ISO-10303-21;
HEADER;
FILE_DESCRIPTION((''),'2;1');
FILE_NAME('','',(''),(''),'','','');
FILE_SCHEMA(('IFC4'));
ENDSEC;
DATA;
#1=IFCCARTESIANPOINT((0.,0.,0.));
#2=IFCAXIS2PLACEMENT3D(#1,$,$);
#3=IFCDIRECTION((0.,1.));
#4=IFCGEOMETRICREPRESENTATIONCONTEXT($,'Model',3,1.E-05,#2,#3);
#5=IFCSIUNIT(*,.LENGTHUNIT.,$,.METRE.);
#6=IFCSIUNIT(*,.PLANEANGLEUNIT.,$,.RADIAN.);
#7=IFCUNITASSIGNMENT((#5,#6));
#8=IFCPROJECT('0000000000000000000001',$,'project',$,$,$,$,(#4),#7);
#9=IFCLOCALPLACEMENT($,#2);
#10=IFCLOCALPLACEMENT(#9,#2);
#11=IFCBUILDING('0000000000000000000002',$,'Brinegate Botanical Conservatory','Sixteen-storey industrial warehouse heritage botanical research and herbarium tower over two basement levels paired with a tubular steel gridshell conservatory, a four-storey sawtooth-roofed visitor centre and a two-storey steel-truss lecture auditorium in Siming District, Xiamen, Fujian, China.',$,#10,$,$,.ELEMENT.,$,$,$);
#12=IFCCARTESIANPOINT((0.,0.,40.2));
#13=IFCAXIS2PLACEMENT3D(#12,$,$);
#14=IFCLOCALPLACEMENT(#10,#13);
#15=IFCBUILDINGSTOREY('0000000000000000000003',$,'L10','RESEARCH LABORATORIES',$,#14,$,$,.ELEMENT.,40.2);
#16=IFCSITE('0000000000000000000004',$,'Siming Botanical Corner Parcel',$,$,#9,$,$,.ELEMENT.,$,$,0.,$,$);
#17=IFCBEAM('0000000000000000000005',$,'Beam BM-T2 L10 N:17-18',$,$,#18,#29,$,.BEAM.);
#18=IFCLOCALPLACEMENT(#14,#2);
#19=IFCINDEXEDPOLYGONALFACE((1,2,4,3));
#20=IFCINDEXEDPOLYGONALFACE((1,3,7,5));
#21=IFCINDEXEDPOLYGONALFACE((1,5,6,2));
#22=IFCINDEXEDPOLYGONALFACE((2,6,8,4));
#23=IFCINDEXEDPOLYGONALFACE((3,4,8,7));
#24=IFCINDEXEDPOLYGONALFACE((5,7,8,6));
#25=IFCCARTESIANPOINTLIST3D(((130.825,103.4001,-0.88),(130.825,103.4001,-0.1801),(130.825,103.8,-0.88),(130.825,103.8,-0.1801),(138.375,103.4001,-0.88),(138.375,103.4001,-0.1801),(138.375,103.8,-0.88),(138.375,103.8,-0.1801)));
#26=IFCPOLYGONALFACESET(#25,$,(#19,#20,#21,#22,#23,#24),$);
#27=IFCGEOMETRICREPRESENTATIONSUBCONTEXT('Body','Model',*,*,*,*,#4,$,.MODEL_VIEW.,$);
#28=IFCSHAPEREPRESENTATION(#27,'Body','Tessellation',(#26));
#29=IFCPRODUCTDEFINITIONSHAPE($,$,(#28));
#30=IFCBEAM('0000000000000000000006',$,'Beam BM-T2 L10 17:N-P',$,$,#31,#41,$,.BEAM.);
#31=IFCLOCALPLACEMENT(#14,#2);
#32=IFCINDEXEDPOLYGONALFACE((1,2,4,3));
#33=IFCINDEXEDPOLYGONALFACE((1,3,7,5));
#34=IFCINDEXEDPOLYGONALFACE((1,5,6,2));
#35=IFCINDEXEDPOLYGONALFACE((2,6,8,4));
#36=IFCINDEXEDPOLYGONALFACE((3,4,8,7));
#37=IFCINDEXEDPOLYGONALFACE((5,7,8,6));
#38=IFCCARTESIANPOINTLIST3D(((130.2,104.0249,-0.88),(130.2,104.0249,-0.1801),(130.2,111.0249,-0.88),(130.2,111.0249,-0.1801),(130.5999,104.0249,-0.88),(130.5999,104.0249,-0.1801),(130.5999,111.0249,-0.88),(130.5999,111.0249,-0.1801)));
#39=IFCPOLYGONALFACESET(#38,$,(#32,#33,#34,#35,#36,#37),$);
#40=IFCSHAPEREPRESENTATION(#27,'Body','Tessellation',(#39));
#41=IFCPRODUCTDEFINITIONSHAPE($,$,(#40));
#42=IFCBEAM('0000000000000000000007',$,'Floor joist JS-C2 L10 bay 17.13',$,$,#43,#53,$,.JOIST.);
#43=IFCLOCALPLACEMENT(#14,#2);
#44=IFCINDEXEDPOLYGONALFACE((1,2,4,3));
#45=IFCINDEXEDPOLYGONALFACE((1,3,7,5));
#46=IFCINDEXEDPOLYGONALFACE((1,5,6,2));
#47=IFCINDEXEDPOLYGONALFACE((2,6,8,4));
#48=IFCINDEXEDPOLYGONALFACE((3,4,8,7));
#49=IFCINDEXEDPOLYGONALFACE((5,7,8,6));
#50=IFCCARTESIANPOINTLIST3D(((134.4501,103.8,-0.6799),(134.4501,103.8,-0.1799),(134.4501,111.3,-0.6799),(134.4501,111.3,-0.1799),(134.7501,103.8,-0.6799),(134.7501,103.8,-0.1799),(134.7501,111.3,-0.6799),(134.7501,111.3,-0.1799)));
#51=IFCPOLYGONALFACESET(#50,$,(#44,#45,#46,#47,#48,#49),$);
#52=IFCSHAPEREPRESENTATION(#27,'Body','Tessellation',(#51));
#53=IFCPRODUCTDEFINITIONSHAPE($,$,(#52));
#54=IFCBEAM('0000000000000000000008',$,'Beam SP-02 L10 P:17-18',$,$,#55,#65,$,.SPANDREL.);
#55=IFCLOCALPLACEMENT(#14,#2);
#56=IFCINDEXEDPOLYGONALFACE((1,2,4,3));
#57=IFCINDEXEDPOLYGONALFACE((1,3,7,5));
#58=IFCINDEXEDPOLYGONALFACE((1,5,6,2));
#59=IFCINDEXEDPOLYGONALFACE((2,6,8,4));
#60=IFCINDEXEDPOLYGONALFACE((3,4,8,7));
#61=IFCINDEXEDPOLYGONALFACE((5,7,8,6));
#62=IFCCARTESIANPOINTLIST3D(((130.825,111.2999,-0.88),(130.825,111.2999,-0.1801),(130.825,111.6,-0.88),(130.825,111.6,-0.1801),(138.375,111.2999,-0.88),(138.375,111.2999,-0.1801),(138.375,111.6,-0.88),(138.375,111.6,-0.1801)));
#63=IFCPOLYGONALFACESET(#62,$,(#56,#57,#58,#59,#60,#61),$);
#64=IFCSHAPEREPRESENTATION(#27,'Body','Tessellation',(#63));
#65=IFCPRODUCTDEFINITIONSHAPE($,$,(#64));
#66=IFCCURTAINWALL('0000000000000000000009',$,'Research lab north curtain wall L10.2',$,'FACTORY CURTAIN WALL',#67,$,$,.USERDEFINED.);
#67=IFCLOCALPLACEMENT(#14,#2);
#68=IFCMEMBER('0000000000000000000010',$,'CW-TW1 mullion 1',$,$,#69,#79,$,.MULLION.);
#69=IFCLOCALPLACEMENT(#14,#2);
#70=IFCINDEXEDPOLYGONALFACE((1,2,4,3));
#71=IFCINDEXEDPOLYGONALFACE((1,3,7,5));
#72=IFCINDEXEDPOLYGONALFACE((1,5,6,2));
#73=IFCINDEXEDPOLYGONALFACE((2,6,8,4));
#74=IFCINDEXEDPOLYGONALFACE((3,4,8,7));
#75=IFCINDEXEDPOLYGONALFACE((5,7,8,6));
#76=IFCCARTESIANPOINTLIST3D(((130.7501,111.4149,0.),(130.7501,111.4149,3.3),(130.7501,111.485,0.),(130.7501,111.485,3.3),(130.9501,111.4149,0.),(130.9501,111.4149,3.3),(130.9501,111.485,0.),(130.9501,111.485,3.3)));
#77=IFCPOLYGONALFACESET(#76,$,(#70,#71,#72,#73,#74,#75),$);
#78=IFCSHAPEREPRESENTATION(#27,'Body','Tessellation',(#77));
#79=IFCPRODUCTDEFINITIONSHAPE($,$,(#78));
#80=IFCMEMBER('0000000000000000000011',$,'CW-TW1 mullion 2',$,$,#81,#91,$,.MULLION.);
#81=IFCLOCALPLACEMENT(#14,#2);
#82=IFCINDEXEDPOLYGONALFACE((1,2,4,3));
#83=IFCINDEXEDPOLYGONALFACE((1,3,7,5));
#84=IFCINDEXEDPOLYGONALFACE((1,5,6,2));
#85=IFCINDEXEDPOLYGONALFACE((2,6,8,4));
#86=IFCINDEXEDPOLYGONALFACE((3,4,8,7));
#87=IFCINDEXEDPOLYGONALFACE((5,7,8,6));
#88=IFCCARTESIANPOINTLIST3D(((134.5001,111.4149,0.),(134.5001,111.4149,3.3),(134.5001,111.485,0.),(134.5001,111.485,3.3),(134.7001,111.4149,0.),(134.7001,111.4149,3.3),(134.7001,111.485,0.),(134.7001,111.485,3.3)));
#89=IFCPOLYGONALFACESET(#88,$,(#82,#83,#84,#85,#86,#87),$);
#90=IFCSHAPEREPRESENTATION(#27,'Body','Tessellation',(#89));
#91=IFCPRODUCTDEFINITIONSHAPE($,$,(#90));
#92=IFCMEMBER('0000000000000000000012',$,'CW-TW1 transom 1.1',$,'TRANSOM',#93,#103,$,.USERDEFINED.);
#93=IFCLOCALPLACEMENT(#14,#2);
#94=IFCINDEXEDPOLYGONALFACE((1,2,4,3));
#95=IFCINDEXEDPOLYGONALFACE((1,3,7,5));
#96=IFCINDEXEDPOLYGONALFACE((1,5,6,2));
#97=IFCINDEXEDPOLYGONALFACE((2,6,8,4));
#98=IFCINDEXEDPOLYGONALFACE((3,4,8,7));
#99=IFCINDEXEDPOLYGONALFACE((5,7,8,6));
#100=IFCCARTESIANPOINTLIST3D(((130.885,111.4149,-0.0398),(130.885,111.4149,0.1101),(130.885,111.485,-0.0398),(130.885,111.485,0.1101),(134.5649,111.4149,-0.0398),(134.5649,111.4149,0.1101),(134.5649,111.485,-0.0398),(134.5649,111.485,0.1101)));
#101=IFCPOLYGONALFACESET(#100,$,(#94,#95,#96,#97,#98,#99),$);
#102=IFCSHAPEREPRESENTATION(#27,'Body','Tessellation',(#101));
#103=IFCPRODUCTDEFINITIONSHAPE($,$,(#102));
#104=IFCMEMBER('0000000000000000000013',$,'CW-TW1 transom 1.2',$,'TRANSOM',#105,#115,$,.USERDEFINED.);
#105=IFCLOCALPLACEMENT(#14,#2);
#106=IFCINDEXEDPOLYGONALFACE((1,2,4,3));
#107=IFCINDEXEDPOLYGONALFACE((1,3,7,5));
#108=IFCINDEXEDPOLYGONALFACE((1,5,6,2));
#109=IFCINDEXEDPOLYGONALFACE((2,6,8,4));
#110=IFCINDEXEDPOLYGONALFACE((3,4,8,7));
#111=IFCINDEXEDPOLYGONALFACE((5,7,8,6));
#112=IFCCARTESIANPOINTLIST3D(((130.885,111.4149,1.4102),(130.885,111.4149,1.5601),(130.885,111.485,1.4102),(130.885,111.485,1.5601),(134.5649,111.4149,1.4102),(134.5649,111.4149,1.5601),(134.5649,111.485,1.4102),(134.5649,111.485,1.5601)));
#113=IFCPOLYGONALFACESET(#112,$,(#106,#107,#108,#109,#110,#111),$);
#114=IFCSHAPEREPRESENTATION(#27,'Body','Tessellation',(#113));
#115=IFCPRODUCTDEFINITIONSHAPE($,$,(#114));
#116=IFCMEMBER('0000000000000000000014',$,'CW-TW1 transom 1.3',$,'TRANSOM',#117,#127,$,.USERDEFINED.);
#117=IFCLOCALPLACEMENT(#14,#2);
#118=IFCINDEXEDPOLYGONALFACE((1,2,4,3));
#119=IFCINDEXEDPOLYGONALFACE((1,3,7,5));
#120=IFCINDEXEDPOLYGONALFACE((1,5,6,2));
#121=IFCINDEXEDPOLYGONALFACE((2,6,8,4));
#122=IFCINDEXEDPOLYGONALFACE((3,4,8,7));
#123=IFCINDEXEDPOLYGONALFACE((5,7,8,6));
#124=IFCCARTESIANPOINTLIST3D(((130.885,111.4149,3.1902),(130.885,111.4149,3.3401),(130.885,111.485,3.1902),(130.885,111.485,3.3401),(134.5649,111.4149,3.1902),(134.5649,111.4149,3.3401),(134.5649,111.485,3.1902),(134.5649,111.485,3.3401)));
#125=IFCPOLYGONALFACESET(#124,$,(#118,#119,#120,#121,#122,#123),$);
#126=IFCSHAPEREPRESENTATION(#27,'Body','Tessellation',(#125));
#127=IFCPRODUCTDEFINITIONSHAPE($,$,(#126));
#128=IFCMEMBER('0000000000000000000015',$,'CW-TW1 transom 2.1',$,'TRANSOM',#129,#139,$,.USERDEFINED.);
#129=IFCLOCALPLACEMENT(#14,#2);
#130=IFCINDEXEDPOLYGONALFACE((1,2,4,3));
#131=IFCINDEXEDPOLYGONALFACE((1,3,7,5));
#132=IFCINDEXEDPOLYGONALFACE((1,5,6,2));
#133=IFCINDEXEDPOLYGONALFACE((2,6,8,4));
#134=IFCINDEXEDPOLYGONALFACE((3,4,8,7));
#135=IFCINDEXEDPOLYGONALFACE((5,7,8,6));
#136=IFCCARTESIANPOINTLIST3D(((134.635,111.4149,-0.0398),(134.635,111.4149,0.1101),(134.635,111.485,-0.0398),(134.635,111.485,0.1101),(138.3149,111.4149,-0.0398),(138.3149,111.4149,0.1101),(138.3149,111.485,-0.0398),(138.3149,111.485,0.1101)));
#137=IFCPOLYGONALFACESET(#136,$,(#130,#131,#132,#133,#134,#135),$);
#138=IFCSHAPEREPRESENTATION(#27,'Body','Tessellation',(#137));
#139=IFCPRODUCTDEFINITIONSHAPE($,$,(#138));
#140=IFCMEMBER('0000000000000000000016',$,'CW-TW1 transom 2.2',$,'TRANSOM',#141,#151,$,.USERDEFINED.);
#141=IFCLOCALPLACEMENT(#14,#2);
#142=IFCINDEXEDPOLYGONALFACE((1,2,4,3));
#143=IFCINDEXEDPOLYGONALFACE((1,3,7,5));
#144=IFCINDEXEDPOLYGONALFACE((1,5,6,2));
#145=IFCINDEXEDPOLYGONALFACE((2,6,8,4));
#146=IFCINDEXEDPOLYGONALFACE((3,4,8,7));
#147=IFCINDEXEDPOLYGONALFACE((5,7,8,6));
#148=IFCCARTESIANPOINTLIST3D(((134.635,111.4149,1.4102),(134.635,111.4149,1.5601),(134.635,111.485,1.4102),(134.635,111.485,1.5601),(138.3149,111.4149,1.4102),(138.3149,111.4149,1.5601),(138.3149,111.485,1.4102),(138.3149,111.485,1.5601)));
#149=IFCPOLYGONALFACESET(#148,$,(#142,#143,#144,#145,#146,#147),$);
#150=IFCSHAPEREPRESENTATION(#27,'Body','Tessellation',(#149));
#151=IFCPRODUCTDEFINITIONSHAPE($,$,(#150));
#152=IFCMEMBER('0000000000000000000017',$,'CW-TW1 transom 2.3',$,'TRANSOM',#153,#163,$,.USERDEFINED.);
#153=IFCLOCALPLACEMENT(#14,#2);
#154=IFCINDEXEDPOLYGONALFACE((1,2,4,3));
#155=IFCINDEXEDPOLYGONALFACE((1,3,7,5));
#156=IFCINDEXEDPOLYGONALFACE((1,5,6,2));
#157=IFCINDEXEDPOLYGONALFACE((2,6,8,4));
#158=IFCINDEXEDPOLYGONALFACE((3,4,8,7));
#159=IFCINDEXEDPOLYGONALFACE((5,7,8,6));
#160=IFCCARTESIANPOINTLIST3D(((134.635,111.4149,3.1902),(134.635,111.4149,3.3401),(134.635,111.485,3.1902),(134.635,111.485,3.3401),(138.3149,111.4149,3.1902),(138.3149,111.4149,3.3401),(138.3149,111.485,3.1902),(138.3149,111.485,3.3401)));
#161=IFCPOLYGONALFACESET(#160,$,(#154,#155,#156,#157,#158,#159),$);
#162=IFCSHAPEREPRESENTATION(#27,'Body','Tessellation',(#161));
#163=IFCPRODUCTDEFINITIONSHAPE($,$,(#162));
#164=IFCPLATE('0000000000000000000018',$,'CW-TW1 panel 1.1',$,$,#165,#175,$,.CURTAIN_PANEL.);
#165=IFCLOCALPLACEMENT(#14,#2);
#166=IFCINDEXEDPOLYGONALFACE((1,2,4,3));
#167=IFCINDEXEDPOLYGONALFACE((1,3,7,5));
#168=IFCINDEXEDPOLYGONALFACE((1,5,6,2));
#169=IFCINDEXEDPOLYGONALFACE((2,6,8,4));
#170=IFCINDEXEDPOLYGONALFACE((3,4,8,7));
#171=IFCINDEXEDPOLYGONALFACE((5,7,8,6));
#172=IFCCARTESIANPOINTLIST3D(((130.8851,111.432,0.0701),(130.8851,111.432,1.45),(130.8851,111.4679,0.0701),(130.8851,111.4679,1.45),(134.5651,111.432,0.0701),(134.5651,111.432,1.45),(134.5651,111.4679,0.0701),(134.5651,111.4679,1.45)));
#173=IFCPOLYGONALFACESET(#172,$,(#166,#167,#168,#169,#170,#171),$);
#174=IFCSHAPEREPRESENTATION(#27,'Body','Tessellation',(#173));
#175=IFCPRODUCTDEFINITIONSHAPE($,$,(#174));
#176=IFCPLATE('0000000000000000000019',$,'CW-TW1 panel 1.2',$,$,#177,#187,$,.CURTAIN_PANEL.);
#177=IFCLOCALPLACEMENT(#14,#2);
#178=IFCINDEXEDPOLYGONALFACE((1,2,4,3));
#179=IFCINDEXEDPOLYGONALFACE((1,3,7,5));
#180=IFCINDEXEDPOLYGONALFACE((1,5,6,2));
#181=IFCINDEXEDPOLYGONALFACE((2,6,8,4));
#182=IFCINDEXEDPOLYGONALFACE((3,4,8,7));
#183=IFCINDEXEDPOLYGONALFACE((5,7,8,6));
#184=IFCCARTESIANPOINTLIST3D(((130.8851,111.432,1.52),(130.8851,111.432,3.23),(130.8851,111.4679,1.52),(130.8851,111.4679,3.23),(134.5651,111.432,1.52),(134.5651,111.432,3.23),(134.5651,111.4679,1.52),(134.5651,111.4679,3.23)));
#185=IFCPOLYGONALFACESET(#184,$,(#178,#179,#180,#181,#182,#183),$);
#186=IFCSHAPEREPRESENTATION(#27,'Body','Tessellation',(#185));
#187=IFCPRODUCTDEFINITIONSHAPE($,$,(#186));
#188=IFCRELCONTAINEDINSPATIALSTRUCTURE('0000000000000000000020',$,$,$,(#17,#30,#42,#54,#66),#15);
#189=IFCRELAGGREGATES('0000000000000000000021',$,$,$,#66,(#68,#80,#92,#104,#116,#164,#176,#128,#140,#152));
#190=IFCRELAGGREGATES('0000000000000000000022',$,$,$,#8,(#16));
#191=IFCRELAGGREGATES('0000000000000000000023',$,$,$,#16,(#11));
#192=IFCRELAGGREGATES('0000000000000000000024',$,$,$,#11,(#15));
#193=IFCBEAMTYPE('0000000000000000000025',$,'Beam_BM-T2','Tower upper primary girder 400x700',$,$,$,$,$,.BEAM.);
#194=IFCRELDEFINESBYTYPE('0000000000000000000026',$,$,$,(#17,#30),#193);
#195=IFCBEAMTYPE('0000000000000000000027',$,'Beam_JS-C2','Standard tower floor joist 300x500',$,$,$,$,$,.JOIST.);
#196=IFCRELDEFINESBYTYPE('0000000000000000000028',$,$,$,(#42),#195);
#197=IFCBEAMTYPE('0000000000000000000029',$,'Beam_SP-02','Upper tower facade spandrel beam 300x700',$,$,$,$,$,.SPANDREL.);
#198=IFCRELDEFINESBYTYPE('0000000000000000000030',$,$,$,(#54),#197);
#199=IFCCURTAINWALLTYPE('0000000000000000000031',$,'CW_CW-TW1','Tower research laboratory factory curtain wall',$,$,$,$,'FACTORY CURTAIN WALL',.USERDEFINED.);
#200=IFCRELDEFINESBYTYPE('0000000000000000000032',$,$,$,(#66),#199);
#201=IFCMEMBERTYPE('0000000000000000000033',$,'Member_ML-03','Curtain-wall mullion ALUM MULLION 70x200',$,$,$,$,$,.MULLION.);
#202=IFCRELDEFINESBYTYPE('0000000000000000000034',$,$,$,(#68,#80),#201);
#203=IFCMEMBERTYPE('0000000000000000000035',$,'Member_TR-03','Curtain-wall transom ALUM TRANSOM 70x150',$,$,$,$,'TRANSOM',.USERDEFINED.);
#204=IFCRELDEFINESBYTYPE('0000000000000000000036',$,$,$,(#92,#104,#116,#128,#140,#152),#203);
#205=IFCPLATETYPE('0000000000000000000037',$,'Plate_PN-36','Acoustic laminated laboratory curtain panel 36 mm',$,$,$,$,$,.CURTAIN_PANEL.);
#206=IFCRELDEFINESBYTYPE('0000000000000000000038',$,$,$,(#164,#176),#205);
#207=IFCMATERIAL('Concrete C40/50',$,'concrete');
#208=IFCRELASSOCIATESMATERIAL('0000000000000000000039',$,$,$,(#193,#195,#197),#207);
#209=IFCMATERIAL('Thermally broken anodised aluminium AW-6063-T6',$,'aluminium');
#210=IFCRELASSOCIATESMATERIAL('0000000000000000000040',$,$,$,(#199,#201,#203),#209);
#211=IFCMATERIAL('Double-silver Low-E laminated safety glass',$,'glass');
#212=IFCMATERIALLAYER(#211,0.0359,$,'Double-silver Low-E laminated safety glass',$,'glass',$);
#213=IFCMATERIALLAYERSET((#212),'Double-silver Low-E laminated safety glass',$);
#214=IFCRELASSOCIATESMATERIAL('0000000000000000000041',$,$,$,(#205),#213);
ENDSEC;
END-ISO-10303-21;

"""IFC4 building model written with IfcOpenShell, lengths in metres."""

from ifc_helpers import new_model, si_unit, direction, frame, origin, origin_2d, place, context, subcontext, project, spatial, rectangle, extrude, material, layer, layer_set, material_profile, profile_set, type_object, element, aggregate, save


model = new_model("IFC4")

# Units and contexts
model_context = context("Model", 3, precision=1e-05, world=origin(), true_north=direction((0.0, 1.0)))
body_context = subcontext(model_context, "Body", "Model", "MODEL_VIEW")
ifc_project = project(units=[si_unit("LENGTHUNIT", "METRE"), si_unit("PLANEANGLEUNIT", "RADIAN")], contexts=[model_context])

# Site, building, storey
site_placement = place(None, origin())
site = spatial("IfcSite", under=ifc_project, at=site_placement, Name="Siming Botanical Corner Parcel", CompositionType="ELEMENT", RefElevation=0.0)
building_placement = place(site_placement, origin())
building = spatial("IfcBuilding", under=site, at=building_placement, Name="Brinegate Botanical Conservatory", Description="Sixteen-storey industrial warehouse heritage botanical research and herbarium tower over two basement levels paired with a tubular steel gridshell conservatory, a four-storey sawtooth-roofed visitor centre and a two-storey steel-truss lecture auditorium in Siming District, Xiamen, Fujian, China.", CompositionType="ELEMENT")
storey_placement = place(building_placement, frame((0.0, 0.0, 40.2)))
storey = spatial("IfcBuildingStorey", under=building, at=storey_placement, Name="L10", Description="RESEARCH LABORATORIES", CompositionType="ELEMENT", Elevation=40.2)

# Beams
ifc_material_1 = material(Name="Concrete C40/50", Category="concrete")
ifc_material_profile_1 = material_profile(ifc_material_1, rectangle(XDim=0.3999, YDim=0.7, at=origin_2d()), Name="RC BM 400x700")
ifc_profile_set_1 = profile_set([ifc_material_profile_1], Name="Concrete C40/50")
beam_type_1 = type_object("IfcBeamType", Name="Beam_BM-T2", Description="Tower upper primary girder 400x700", PredefinedType="BEAM", material=ifc_profile_set_1)
beam_1_placement = place(storey_placement, frame((130.825, 103.6001, -0.53), z_axis=(1.0, 0.0, 0.0), x_axis=(0.0, 1.0, 0.0)))
element("IfcBeam", 1, at=beam_1_placement, inside=storey, type_object=beam_type_1, Name="Beam BM-T2 L10 N:17-18", PredefinedType="BEAM", context=body_context, shape_type="SweptSolid", body=[
    extrude(rectangle(XDim=0.3999, YDim=0.7, at=origin_2d()), origin(), (0.0, 0.0, 1.0), 7.55),
])
beam_2_placement = place(storey_placement, frame((130.3999, 104.0249, -0.53), z_axis=(0.0, 1.0, 0.0), x_axis=(-1.0, 0.0, 0.0)))
element("IfcBeam", 2, at=beam_2_placement, inside=storey, type_object=beam_type_1, Name="Beam BM-T2 L10 17:N-P", PredefinedType="BEAM", context=body_context, shape_type="SweptSolid", body=[
    extrude(rectangle(XDim=0.3999, YDim=0.7, at=origin_2d()), origin(), (0.0, 0.0, 1.0), 7.0),
])
ifc_material_profile_2 = material_profile(ifc_material_1, rectangle(XDim=0.3, YDim=0.5, at=origin_2d()), Name="RC JST 300x500")
ifc_profile_set_2 = profile_set([ifc_material_profile_2], Name="Concrete C40/50")
beam_type_2 = type_object("IfcBeamType", Name="Beam_JS-C2", Description="Standard tower floor joist 300x500", PredefinedType="JOIST", material=ifc_profile_set_2)
beam_3_placement = place(storey_placement, frame((134.6001, 103.8, -0.4299), z_axis=(0.0, 1.0, 0.0), x_axis=(-1.0, 0.0, 0.0)))
element("IfcBeam", 3, at=beam_3_placement, inside=storey, type_object=beam_type_2, Name="Floor joist JS-C2 L10 bay 17.13", PredefinedType="JOIST", context=body_context, shape_type="SweptSolid", body=[
    extrude(rectangle(XDim=0.3, YDim=0.5, at=origin_2d()), origin(), (0.0, 0.0, 1.0), 7.5),
])
ifc_material_profile_3 = material_profile(ifc_material_1, rectangle(XDim=0.3, YDim=0.7, at=origin_2d()), Name="RC SPN 300x700")
ifc_profile_set_3 = profile_set([ifc_material_profile_3], Name="Concrete C40/50")
beam_type_3 = type_object("IfcBeamType", Name="Beam_SP-02", Description="Upper tower facade spandrel beam 300x700", PredefinedType="SPANDREL", material=ifc_profile_set_3)
beam_4_placement = place(storey_placement, frame((130.825, 111.45, -0.53), z_axis=(1.0, 0.0, 0.0), x_axis=(0.0, 1.0, 0.0)))
element("IfcBeam", 4, at=beam_4_placement, inside=storey, type_object=beam_type_3, Name="Beam SP-02 L10 P:17-18", PredefinedType="SPANDREL", context=body_context, shape_type="SweptSolid", body=[
    extrude(rectangle(XDim=0.3, YDim=0.7, at=origin_2d()), origin(), (0.0, 0.0, 1.0), 7.55),
])

# Curtain wall, members, plates
ifc_material_2 = material(Name="Thermally broken anodised aluminium AW-6063-T6", Category="aluminium")
curtain_wall_type = type_object("IfcCurtainWallType", Name="CW_CW-TW1", Description="Tower research laboratory factory curtain wall", ElementType="FACTORY CURTAIN WALL", PredefinedType="USERDEFINED", material=ifc_material_2)
curtain_wall_placement = place(storey_placement, origin())
curtain_wall = element("IfcCurtainWall", 5, at=curtain_wall_placement, inside=storey, type_object=curtain_wall_type, Name="Research lab north curtain wall L10.2", ObjectType="FACTORY CURTAIN WALL", PredefinedType="USERDEFINED")
ifc_material_profile_4 = material_profile(ifc_material_2, rectangle(XDim=0.0701, YDim=0.2, at=origin_2d()), Name="ALUM MULLION 70x200")
ifc_profile_set_4 = profile_set([ifc_material_profile_4], Name="Thermally broken anodised aluminium AW-6063-T6")
member_type_1 = type_object("IfcMemberType", Name="Member_ML-03", Description="Curtain-wall mullion ALUM MULLION 70x200", PredefinedType="MULLION", material=ifc_profile_set_4)
member_1_placement = place(storey_placement, frame((130.8501, 111.45, 0.0), z_axis=(0.0, 0.0, 1.0), x_axis=(0.0, 1.0, 0.0)))
member_1 = element("IfcMember", 6, at=member_1_placement, type_object=member_type_1, Name="CW-TW1 mullion 1", PredefinedType="MULLION", context=body_context, shape_type="SweptSolid", body=[
    extrude(rectangle(XDim=0.0701, YDim=0.2, at=origin_2d()), origin(), (0.0, 0.0, 1.0), 3.3),
])
member_2_placement = place(storey_placement, frame((134.6001, 111.45, 0.0), z_axis=(0.0, 0.0, 1.0), x_axis=(0.0, 1.0, 0.0)))
member_2 = element("IfcMember", 7, at=member_2_placement, type_object=member_type_1, Name="CW-TW1 mullion 2", PredefinedType="MULLION", context=body_context, shape_type="SweptSolid", body=[
    extrude(rectangle(XDim=0.0701, YDim=0.2, at=origin_2d()), origin(), (0.0, 0.0, 1.0), 3.3),
])
ifc_material_profile_5 = material_profile(ifc_material_2, rectangle(XDim=0.0701, YDim=0.1499, at=origin_2d()), Name="ALUM TRANSOM 70x150")
ifc_profile_set_5 = profile_set([ifc_material_profile_5], Name="Thermally broken anodised aluminium AW-6063-T6")
member_type_2 = type_object("IfcMemberType", Name="Member_TR-03", Description="Curtain-wall transom ALUM TRANSOM 70x150", ElementType="TRANSOM", PredefinedType="USERDEFINED", material=ifc_profile_set_5)
member_3_placement = place(storey_placement, frame((130.885, 111.45, 0.0352), z_axis=(1.0, 0.0, 0.0), x_axis=(0.0, 1.0, 0.0)))
member_3 = element("IfcMember", 8, at=member_3_placement, type_object=member_type_2, Name="CW-TW1 transom 1.1", ObjectType="TRANSOM", PredefinedType="USERDEFINED", context=body_context, shape_type="SweptSolid", body=[
    extrude(rectangle(XDim=0.0701, YDim=0.1499, at=origin_2d()), origin(), (0.0, 0.0, 1.0), 3.6799),
])
member_4_placement = place(storey_placement, frame((130.885, 111.45, 1.4851), z_axis=(1.0, 0.0, 0.0), x_axis=(0.0, 1.0, 0.0)))
member_4 = element("IfcMember", 9, at=member_4_placement, type_object=member_type_2, Name="CW-TW1 transom 1.2", ObjectType="TRANSOM", PredefinedType="USERDEFINED", context=body_context, shape_type="SweptSolid", body=[
    extrude(rectangle(XDim=0.0701, YDim=0.1499, at=origin_2d()), origin(), (0.0, 0.0, 1.0), 3.6799),
])
member_5_placement = place(storey_placement, frame((130.885, 111.45, 3.2651), z_axis=(1.0, 0.0, 0.0), x_axis=(0.0, 1.0, 0.0)))
member_5 = element("IfcMember", 10, at=member_5_placement, type_object=member_type_2, Name="CW-TW1 transom 1.3", ObjectType="TRANSOM", PredefinedType="USERDEFINED", context=body_context, shape_type="SweptSolid", body=[
    extrude(rectangle(XDim=0.0701, YDim=0.1499, at=origin_2d()), origin(), (0.0, 0.0, 1.0), 3.6799),
])
member_6_placement = place(storey_placement, frame((134.635, 111.45, 0.0352), z_axis=(1.0, 0.0, 0.0), x_axis=(0.0, 1.0, 0.0)))
member_6 = element("IfcMember", 11, at=member_6_placement, type_object=member_type_2, Name="CW-TW1 transom 2.1", ObjectType="TRANSOM", PredefinedType="USERDEFINED", context=body_context, shape_type="SweptSolid", body=[
    extrude(rectangle(XDim=0.0701, YDim=0.1499, at=origin_2d()), origin(), (0.0, 0.0, 1.0), 3.6799),
])
member_7_placement = place(storey_placement, frame((134.635, 111.45, 1.4851), z_axis=(1.0, 0.0, 0.0), x_axis=(0.0, 1.0, 0.0)))
member_7 = element("IfcMember", 12, at=member_7_placement, type_object=member_type_2, Name="CW-TW1 transom 2.2", ObjectType="TRANSOM", PredefinedType="USERDEFINED", context=body_context, shape_type="SweptSolid", body=[
    extrude(rectangle(XDim=0.0701, YDim=0.1499, at=origin_2d()), origin(), (0.0, 0.0, 1.0), 3.6799),
])
member_8_placement = place(storey_placement, frame((134.635, 111.45, 3.2651), z_axis=(1.0, 0.0, 0.0), x_axis=(0.0, 1.0, 0.0)))
member_8 = element("IfcMember", 13, at=member_8_placement, type_object=member_type_2, Name="CW-TW1 transom 2.3", ObjectType="TRANSOM", PredefinedType="USERDEFINED", context=body_context, shape_type="SweptSolid", body=[
    extrude(rectangle(XDim=0.0701, YDim=0.1499, at=origin_2d()), origin(), (0.0, 0.0, 1.0), 3.6799),
])
ifc_material_3 = material(Name="Double-silver Low-E laminated safety glass", Category="glass")
ifc_layer_1 = layer(ifc_material_3, 0.0359, Name="Double-silver Low-E laminated safety glass", Category="glass")
ifc_layer_set_1 = layer_set([ifc_layer_1], Name="Double-silver Low-E laminated safety glass")
plate_type = type_object("IfcPlateType", Name="Plate_PN-36", Description="Acoustic laminated laboratory curtain panel 36 mm", PredefinedType="CURTAIN_PANEL", material=ifc_layer_set_1)
plate_1_placement = place(storey_placement, frame((132.7251, 111.45, 0.0701), z_axis=(0.0, 0.0, 1.0), x_axis=(1.0, 0.0, 0.0)))
plate_1 = element("IfcPlate", 14, at=plate_1_placement, type_object=plate_type, Name="CW-TW1 panel 1.1", PredefinedType="CURTAIN_PANEL", context=body_context, shape_type="SweptSolid", body=[
    extrude(rectangle(XDim=3.6799, YDim=0.0359, at=origin_2d()), origin(), (0.0, 0.0, 1.0), 1.3799),
])
plate_2_placement = place(storey_placement, frame((132.7251, 111.45, 1.52), z_axis=(0.0, 0.0, 1.0), x_axis=(1.0, 0.0, 0.0)))
plate_2 = element("IfcPlate", 15, at=plate_2_placement, type_object=plate_type, Name="CW-TW1 panel 1.2", PredefinedType="CURTAIN_PANEL", context=body_context, shape_type="SweptSolid", body=[
    extrude(rectangle(XDim=3.6799, YDim=0.0359, at=origin_2d()), origin(), (0.0, 0.0, 1.0), 1.71),
])
aggregate(curtain_wall, [member_1, member_2, member_3, member_4, member_5, plate_1, plate_2, member_6, member_7, member_8])

save(model, "model.ifc")
